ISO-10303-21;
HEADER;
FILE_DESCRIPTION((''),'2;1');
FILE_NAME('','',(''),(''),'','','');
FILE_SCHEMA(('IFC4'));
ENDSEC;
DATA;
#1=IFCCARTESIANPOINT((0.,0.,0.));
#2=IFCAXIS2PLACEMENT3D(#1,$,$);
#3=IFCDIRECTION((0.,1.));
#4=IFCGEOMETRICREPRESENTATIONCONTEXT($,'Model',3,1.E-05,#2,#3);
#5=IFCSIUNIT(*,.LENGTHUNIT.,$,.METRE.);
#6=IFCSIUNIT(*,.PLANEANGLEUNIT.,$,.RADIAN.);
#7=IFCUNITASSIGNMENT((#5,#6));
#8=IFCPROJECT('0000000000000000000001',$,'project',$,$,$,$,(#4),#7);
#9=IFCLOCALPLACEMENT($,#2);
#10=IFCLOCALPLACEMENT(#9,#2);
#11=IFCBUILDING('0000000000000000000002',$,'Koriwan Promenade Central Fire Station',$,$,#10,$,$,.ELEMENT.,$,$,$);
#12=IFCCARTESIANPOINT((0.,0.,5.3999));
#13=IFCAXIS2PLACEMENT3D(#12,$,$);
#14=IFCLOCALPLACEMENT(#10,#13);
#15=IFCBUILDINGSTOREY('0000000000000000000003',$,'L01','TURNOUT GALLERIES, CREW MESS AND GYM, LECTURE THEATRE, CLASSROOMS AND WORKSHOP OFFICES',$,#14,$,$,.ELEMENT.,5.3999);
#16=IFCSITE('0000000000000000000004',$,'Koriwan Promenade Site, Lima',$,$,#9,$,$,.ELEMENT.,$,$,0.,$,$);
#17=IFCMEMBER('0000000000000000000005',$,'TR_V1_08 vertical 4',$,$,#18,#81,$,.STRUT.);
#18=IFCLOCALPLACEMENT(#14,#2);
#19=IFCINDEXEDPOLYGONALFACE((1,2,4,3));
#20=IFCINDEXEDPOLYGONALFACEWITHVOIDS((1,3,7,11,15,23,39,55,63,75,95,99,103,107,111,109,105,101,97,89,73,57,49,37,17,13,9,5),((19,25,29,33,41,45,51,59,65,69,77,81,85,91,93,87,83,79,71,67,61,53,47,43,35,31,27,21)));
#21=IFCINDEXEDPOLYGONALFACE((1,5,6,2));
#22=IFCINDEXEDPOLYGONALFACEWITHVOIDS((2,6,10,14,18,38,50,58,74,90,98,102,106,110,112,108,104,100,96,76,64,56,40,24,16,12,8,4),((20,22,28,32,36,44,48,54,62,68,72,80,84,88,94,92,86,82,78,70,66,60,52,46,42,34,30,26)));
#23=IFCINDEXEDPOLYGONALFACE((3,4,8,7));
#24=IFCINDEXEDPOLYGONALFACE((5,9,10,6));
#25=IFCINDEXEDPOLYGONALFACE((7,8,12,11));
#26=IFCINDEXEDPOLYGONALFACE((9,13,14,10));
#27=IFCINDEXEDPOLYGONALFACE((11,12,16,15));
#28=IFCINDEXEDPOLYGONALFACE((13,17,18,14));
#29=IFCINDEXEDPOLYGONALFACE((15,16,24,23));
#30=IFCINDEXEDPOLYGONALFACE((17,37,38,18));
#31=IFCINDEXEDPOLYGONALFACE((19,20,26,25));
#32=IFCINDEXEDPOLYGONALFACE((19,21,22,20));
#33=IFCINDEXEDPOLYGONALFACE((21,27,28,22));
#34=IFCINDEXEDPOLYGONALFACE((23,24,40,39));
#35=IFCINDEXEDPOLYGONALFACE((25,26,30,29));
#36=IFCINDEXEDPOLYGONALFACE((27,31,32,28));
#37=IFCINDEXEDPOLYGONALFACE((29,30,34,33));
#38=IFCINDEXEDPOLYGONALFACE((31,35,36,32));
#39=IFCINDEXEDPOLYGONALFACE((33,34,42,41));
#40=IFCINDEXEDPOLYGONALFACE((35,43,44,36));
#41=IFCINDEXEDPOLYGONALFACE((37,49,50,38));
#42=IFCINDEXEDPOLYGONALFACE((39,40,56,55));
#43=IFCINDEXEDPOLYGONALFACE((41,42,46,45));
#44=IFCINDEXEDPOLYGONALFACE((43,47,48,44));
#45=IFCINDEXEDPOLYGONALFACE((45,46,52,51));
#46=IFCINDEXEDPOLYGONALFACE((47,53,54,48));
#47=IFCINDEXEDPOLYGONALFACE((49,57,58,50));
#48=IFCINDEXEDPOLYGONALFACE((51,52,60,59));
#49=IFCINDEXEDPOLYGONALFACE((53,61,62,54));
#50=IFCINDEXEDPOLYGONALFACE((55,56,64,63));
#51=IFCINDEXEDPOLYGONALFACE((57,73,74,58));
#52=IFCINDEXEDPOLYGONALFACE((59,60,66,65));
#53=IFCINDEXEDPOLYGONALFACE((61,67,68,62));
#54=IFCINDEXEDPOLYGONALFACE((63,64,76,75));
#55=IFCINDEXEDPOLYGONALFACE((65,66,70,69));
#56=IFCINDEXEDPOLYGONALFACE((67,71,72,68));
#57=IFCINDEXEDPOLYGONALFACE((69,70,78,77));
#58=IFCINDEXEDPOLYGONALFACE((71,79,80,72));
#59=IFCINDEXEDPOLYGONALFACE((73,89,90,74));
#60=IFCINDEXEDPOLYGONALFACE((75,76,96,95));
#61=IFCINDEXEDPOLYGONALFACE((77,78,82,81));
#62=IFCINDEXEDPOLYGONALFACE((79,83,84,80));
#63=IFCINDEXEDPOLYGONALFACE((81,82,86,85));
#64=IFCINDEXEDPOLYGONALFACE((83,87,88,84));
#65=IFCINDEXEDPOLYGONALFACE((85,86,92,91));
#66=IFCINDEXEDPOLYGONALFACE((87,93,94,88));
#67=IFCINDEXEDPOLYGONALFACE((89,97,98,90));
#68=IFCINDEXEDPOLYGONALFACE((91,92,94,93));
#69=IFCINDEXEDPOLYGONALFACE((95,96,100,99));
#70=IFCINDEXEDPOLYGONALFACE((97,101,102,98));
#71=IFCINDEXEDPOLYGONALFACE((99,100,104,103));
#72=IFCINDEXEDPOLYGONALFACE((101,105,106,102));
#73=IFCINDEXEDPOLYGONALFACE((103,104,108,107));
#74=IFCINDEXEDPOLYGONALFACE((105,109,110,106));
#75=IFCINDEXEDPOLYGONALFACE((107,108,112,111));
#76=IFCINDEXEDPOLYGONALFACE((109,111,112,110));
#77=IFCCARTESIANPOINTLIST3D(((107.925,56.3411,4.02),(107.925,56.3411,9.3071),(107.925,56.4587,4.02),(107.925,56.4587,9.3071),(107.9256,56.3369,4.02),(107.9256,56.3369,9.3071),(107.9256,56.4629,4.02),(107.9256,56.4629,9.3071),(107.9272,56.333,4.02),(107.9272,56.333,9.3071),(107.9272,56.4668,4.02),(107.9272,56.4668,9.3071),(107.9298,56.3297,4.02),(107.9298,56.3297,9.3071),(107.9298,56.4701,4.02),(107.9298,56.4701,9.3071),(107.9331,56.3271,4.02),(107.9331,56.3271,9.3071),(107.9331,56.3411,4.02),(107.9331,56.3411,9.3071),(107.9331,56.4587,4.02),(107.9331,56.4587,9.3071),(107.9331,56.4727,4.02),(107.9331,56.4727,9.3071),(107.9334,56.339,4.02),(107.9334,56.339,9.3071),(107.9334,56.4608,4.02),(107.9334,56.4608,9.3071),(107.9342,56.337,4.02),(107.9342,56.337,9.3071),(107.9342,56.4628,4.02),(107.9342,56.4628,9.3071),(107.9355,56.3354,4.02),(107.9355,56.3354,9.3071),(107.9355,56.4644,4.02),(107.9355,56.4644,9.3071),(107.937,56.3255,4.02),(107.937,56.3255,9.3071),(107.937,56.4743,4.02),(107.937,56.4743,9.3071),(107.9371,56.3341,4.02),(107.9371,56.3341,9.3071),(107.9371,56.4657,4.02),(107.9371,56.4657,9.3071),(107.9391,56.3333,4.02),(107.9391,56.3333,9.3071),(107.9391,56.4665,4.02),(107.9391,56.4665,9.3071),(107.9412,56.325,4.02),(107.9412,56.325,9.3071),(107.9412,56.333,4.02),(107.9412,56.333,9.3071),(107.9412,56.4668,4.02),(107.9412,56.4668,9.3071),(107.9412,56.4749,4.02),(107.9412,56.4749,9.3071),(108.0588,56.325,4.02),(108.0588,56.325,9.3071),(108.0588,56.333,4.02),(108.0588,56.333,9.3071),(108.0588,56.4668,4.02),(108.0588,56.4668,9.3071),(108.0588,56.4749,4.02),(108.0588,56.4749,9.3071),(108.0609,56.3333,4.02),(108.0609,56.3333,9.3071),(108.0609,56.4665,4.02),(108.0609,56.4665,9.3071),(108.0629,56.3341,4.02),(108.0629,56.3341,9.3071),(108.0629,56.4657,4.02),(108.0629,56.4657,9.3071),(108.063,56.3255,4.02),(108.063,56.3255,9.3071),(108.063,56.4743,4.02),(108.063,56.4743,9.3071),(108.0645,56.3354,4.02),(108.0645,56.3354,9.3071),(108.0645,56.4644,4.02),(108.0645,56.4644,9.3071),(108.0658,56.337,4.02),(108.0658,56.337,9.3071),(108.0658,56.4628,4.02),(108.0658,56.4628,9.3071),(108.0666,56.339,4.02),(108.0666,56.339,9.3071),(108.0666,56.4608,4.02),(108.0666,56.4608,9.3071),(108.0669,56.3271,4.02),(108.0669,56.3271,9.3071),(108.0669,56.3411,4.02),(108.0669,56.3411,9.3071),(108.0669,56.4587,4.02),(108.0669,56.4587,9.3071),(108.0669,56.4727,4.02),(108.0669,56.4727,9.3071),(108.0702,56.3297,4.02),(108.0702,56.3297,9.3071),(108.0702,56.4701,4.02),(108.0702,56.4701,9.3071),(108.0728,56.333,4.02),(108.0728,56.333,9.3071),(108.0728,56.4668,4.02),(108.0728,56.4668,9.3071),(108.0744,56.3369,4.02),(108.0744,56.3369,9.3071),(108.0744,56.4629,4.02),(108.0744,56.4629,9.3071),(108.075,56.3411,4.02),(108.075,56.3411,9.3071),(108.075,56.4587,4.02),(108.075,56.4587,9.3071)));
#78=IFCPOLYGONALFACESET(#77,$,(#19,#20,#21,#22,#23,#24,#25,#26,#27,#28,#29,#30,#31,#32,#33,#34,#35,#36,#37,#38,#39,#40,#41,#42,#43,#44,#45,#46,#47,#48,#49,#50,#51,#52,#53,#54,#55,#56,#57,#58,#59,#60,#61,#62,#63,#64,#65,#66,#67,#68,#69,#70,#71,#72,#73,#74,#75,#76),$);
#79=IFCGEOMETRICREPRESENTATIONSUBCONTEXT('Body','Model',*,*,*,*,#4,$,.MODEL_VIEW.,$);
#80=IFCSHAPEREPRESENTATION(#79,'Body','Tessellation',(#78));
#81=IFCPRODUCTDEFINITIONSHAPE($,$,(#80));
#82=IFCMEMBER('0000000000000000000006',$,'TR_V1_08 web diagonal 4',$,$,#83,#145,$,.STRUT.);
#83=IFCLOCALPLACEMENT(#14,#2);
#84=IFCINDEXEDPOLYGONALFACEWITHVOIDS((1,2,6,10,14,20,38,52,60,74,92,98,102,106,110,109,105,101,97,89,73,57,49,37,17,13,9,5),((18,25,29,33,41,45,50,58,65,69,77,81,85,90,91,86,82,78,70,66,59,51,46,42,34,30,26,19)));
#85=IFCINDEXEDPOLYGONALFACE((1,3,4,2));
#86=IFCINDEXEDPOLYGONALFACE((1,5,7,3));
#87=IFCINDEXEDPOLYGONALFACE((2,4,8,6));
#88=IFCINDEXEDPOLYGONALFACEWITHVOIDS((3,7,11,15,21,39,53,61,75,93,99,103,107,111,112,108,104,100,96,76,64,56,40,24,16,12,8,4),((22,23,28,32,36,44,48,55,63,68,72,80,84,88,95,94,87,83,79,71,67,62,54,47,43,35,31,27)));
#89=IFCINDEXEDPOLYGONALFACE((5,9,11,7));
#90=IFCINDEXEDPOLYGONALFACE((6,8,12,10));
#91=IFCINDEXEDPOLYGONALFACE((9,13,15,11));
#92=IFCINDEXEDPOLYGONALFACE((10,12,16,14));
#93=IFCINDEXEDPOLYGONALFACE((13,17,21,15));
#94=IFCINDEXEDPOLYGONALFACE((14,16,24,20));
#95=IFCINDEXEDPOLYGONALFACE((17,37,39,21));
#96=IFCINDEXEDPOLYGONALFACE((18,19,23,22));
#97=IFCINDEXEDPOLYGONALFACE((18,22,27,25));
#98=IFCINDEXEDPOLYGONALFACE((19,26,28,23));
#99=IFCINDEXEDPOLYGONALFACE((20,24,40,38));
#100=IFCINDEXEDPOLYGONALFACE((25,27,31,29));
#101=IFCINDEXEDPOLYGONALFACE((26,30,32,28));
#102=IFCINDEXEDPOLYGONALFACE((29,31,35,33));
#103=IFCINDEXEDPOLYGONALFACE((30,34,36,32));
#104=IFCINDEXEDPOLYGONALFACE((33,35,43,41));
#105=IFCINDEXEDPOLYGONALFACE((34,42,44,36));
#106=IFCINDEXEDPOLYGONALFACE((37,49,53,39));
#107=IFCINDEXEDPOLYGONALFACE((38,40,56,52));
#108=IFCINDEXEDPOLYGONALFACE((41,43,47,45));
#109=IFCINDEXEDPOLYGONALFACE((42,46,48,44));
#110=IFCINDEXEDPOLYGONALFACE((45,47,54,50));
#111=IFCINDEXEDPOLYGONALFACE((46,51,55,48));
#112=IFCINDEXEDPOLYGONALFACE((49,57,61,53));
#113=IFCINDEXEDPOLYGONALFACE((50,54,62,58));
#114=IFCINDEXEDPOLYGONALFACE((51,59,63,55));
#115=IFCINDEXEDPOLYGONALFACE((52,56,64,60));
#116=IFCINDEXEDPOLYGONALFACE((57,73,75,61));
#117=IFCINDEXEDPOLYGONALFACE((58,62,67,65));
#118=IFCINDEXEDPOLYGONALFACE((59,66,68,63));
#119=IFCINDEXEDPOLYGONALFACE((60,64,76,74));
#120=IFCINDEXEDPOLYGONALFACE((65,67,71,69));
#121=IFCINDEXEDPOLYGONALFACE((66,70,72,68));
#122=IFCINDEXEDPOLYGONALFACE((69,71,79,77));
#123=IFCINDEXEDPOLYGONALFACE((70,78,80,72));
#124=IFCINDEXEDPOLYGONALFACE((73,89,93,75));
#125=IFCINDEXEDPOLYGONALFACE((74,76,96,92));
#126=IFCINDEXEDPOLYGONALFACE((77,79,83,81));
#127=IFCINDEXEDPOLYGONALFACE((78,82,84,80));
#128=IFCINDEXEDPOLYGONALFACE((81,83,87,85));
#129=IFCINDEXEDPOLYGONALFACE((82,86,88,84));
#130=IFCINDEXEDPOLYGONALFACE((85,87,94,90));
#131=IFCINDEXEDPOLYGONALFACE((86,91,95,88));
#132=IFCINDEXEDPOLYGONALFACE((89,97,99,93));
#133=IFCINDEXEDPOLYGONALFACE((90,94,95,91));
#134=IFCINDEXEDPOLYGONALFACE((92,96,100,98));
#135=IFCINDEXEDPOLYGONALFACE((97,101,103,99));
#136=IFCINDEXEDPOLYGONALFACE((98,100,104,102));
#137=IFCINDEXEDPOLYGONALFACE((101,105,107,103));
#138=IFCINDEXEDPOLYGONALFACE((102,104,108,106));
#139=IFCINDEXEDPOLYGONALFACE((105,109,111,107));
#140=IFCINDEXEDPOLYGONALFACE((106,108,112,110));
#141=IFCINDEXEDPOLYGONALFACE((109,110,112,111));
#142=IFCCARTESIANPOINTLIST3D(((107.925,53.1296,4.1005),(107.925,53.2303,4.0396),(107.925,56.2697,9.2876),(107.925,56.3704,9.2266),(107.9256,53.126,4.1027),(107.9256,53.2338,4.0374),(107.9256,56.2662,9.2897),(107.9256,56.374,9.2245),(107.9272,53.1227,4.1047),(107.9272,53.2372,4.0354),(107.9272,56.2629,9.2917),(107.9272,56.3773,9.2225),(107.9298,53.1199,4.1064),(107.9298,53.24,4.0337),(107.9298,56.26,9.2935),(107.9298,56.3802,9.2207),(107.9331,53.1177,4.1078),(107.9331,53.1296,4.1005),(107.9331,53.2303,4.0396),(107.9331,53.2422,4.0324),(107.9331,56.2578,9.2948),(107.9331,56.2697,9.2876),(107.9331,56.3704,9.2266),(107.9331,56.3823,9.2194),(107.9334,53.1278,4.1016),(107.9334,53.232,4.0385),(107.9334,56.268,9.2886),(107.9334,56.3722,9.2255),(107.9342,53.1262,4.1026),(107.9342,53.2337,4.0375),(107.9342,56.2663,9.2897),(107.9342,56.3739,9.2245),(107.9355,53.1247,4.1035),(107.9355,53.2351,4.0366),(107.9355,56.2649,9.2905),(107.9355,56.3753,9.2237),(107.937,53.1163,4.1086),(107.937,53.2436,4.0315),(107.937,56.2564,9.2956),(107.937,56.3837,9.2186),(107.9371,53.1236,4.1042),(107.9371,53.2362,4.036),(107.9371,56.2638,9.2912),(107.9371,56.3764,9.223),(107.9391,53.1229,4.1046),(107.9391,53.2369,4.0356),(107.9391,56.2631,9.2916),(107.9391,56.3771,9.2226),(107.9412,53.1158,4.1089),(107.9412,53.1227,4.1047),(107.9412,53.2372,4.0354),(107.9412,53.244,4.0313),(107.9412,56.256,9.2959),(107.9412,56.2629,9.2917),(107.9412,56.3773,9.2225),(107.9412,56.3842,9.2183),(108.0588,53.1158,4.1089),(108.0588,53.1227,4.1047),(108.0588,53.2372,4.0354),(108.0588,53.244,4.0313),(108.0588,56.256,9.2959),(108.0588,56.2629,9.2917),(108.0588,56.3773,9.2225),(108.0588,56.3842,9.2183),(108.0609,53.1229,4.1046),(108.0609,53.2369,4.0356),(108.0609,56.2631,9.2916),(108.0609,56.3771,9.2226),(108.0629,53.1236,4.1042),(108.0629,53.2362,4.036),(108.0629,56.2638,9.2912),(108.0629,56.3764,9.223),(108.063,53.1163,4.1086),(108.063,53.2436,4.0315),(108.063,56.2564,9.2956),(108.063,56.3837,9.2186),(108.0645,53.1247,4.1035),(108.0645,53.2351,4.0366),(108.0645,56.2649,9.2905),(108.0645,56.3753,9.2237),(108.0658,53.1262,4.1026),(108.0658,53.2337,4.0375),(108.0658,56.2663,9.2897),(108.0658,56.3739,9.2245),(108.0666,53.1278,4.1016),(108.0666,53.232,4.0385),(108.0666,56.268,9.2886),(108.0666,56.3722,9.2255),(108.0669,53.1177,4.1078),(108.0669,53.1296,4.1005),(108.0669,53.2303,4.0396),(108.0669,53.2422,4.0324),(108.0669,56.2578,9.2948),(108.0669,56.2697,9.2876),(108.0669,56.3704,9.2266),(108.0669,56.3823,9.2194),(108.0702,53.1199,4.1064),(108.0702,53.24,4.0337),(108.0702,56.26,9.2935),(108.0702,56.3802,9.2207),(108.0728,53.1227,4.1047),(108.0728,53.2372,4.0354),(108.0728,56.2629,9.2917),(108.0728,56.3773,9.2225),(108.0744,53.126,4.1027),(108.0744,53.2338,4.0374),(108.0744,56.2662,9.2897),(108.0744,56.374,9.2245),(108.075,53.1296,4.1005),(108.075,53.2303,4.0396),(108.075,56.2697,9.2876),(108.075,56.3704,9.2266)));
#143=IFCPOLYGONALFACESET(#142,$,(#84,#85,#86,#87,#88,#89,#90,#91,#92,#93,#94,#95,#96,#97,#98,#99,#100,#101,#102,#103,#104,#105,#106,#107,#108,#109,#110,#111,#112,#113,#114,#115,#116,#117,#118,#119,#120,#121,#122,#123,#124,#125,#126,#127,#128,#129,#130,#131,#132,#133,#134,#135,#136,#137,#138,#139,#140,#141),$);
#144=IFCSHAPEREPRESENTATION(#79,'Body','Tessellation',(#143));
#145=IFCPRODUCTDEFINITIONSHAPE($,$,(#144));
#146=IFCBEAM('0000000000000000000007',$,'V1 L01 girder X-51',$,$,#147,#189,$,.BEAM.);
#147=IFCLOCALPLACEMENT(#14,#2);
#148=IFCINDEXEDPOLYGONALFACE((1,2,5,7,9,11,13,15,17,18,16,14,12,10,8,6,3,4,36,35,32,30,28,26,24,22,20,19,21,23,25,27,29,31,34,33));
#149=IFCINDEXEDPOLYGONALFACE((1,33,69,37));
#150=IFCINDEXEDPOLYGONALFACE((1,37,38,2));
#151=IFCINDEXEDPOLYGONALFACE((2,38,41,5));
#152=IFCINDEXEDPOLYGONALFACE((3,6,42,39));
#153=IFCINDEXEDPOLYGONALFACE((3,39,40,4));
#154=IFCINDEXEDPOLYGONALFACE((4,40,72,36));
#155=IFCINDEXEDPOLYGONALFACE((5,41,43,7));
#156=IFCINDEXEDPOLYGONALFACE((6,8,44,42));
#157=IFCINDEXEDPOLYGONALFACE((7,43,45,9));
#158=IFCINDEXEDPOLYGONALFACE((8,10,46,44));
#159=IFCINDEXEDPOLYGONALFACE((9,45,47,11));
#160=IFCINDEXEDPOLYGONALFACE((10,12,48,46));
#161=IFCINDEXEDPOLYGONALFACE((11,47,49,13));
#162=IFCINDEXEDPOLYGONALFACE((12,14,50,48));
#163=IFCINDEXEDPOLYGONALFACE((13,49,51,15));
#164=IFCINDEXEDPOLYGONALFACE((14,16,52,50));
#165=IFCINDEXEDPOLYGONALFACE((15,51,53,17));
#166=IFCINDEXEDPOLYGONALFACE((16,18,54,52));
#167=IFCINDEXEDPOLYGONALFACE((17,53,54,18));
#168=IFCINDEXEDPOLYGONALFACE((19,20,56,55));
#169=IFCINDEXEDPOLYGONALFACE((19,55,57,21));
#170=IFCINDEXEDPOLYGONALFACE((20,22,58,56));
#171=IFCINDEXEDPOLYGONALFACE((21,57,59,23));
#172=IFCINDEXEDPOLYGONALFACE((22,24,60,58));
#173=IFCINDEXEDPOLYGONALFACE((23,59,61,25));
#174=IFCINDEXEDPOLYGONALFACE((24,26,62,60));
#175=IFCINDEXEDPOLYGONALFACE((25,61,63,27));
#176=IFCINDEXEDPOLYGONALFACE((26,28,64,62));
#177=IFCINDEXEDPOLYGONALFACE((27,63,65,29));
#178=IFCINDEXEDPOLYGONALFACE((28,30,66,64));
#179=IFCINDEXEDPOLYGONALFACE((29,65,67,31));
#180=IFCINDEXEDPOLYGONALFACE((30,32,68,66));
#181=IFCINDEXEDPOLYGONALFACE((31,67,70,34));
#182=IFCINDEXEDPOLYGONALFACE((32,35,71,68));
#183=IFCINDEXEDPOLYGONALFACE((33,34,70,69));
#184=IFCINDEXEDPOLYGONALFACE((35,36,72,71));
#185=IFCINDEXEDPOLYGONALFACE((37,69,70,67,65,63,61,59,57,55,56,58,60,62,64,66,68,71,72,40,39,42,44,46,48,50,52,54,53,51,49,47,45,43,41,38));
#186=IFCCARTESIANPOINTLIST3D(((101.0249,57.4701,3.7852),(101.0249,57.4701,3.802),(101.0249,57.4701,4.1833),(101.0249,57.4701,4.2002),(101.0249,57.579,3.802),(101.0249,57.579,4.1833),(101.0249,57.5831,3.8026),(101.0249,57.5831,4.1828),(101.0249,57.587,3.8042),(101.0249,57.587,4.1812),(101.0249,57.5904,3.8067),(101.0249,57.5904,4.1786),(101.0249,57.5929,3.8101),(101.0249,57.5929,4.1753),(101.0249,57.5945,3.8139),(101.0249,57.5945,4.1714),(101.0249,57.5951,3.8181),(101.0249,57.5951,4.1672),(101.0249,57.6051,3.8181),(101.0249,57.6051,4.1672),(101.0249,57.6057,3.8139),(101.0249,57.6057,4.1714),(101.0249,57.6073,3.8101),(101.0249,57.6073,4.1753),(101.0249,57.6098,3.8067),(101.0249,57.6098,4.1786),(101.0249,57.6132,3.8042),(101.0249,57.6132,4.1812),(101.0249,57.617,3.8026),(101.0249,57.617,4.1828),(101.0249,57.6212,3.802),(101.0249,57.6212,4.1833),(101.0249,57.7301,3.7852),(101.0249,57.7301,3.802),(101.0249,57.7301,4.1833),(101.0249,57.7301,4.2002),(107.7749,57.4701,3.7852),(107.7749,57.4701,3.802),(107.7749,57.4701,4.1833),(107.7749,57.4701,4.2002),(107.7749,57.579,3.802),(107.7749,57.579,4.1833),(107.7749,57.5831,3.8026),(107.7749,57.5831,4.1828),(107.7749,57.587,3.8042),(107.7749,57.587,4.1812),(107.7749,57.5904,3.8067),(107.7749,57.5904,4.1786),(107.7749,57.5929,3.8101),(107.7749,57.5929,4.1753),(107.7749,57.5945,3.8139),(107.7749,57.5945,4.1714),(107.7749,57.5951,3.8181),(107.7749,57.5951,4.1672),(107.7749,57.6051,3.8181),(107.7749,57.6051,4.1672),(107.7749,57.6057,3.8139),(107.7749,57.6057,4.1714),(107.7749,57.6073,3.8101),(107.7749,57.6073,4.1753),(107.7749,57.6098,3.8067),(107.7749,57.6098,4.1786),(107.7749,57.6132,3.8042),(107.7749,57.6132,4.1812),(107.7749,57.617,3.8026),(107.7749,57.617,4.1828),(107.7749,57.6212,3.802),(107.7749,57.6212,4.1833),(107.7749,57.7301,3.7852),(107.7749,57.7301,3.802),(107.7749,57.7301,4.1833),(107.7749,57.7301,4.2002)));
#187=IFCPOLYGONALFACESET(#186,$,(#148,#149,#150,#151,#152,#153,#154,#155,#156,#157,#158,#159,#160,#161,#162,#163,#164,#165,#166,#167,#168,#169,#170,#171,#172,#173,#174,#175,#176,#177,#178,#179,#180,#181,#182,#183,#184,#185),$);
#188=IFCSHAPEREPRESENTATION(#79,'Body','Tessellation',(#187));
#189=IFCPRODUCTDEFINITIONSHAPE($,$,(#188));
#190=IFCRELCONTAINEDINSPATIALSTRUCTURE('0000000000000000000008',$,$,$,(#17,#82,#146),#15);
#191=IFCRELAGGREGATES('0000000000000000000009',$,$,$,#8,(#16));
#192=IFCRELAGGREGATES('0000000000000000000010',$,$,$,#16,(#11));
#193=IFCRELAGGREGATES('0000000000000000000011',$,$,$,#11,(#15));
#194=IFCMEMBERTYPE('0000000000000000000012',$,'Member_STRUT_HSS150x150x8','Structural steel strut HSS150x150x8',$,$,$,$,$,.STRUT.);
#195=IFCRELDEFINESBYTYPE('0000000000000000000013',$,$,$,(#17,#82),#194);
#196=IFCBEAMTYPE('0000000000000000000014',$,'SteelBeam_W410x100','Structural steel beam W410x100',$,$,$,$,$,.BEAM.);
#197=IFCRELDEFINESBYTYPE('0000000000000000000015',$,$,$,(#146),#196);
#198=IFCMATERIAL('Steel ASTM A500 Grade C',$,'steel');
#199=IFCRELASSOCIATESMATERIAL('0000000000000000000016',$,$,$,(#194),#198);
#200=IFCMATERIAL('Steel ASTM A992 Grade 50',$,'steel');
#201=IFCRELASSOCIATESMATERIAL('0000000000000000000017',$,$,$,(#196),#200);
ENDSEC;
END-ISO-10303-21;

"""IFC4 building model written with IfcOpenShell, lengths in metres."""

from ifc_helpers import new_model, si_unit, direction, frame, origin, origin_2d, place, context, subcontext, project, spatial, hollow_rectangle, i_section, extrude, material, material_profile, profile_set, type_object, element, save


model = new_model("IFC4")

# Units and contexts
model_context = context("Model", 3, precision=1e-05, world=origin(), true_north=direction((0.0, 1.0)))
body_context = subcontext(model_context, "Body", "Model", "MODEL_VIEW")
ifc_project = project(units=[si_unit("LENGTHUNIT", "METRE"), si_unit("PLANEANGLEUNIT", "RADIAN")], contexts=[model_context])

# Site, building, storey
site_placement = place(None, origin())
site = spatial("IfcSite", under=ifc_project, at=site_placement, Name="Koriwan Promenade Site, Lima", CompositionType="ELEMENT", RefElevation=0.0)
building_placement = place(site_placement, origin())
building = spatial("IfcBuilding", under=site, at=building_placement, Name="Koriwan Promenade Central Fire Station", CompositionType="ELEMENT")
storey_placement = place(building_placement, frame((0.0, 0.0, 5.3999)))
storey = spatial("IfcBuildingStorey", under=building, at=storey_placement, Name="L01", Description="TURNOUT GALLERIES, CREW MESS AND GYM, LECTURE THEATRE, CLASSROOMS AND WORKSHOP OFFICES", CompositionType="ELEMENT", Elevation=5.3999)

# Members
ifc_material_1 = material(Name="Steel ASTM A500 Grade C", Category="steel")
ifc_material_profile_1 = material_profile(ifc_material_1, hollow_rectangle(XDim=0.1499, YDim=0.1499, WallThickness=0.0081, InnerFilletRadius=0.0081, OuterFilletRadius=0.0161, at=origin_2d()), Name="HSS150x150x8")
ifc_profile_set_1 = profile_set([ifc_material_profile_1], Name="Steel ASTM A500 Grade C")
member_type = type_object("IfcMemberType", Name="Member_STRUT_HSS150x150x8", Description="Structural steel strut HSS150x150x8", PredefinedType="STRUT", material=ifc_profile_set_1)
member_1_placement = place(storey_placement, frame((108.0, 56.3999, 4.02), z_axis=(0.0, 0.0, 1.0), x_axis=(1.0, 0.0, 0.0)))
element("IfcMember", 1, at=member_1_placement, inside=storey, type_object=member_type, Name="TR_V1_08 vertical 4", PredefinedType="STRUT", context=body_context, shape_type="SweptSolid", body=[
    extrude(hollow_rectangle(XDim=0.1499, YDim=0.1499, WallThickness=0.0081, InnerFilletRadius=0.0081, OuterFilletRadius=0.0161, at=origin_2d()), origin(), (0.0, 0.0, 1.0), 5.2871),
])
member_2_placement = place(storey_placement, frame((108.0, 53.1799, 4.0701), z_axis=(0.0, 0.517879, 0.855454), x_axis=(-1.0, 0.0, 0.0)))
element("IfcMember", 2, at=member_2_placement, inside=storey, type_object=member_type, Name="TR_V1_08 web diagonal 4", PredefinedType="STRUT", context=body_context, shape_type="SweptSolid", body=[
    extrude(hollow_rectangle(XDim=0.1499, YDim=0.1499, WallThickness=0.0081, InnerFilletRadius=0.0081, OuterFilletRadius=0.0161, at=origin_2d()), origin(), (0.0, 0.0, 1.0), 6.0635),
])

# Beam
ifc_material_2 = material(Name="Steel ASTM A992 Grade 50", Category="steel")
ifc_material_profile_2 = material_profile(ifc_material_2, i_section(OverallWidth=0.26, OverallDepth=0.415, WebThickness=0.01, FlangeThickness=0.0168, FilletRadius=0.0161, at=origin_2d()), Name="W410x100")
ifc_profile_set_2 = profile_set([ifc_material_profile_2], Name="Steel ASTM A992 Grade 50")
beam_type_1 = type_object("IfcBeamType", Name="SteelBeam_W410x100", Description="Structural steel beam W410x100", PredefinedType="BEAM", material=ifc_profile_set_2)
beam_placement = place(storey_placement, frame((101.0249, 57.6001, 3.9927), z_axis=(1.0, 0.0, 0.0), x_axis=(0.0, 1.0, 0.0)))
element("IfcBeam", 3, at=beam_placement, inside=storey, type_object=beam_type_1, Name="V1 L01 girder X-51", PredefinedType="BEAM", context=body_context, shape_type="SweptSolid", body=[
    extrude(i_section(OverallWidth=0.26, OverallDepth=0.415, WebThickness=0.01, FlangeThickness=0.0168, FilletRadius=0.0161, at=origin_2d()), origin(), (0.0, 0.0, 1.0), 6.75),
])

save(model, "model.ifc")
